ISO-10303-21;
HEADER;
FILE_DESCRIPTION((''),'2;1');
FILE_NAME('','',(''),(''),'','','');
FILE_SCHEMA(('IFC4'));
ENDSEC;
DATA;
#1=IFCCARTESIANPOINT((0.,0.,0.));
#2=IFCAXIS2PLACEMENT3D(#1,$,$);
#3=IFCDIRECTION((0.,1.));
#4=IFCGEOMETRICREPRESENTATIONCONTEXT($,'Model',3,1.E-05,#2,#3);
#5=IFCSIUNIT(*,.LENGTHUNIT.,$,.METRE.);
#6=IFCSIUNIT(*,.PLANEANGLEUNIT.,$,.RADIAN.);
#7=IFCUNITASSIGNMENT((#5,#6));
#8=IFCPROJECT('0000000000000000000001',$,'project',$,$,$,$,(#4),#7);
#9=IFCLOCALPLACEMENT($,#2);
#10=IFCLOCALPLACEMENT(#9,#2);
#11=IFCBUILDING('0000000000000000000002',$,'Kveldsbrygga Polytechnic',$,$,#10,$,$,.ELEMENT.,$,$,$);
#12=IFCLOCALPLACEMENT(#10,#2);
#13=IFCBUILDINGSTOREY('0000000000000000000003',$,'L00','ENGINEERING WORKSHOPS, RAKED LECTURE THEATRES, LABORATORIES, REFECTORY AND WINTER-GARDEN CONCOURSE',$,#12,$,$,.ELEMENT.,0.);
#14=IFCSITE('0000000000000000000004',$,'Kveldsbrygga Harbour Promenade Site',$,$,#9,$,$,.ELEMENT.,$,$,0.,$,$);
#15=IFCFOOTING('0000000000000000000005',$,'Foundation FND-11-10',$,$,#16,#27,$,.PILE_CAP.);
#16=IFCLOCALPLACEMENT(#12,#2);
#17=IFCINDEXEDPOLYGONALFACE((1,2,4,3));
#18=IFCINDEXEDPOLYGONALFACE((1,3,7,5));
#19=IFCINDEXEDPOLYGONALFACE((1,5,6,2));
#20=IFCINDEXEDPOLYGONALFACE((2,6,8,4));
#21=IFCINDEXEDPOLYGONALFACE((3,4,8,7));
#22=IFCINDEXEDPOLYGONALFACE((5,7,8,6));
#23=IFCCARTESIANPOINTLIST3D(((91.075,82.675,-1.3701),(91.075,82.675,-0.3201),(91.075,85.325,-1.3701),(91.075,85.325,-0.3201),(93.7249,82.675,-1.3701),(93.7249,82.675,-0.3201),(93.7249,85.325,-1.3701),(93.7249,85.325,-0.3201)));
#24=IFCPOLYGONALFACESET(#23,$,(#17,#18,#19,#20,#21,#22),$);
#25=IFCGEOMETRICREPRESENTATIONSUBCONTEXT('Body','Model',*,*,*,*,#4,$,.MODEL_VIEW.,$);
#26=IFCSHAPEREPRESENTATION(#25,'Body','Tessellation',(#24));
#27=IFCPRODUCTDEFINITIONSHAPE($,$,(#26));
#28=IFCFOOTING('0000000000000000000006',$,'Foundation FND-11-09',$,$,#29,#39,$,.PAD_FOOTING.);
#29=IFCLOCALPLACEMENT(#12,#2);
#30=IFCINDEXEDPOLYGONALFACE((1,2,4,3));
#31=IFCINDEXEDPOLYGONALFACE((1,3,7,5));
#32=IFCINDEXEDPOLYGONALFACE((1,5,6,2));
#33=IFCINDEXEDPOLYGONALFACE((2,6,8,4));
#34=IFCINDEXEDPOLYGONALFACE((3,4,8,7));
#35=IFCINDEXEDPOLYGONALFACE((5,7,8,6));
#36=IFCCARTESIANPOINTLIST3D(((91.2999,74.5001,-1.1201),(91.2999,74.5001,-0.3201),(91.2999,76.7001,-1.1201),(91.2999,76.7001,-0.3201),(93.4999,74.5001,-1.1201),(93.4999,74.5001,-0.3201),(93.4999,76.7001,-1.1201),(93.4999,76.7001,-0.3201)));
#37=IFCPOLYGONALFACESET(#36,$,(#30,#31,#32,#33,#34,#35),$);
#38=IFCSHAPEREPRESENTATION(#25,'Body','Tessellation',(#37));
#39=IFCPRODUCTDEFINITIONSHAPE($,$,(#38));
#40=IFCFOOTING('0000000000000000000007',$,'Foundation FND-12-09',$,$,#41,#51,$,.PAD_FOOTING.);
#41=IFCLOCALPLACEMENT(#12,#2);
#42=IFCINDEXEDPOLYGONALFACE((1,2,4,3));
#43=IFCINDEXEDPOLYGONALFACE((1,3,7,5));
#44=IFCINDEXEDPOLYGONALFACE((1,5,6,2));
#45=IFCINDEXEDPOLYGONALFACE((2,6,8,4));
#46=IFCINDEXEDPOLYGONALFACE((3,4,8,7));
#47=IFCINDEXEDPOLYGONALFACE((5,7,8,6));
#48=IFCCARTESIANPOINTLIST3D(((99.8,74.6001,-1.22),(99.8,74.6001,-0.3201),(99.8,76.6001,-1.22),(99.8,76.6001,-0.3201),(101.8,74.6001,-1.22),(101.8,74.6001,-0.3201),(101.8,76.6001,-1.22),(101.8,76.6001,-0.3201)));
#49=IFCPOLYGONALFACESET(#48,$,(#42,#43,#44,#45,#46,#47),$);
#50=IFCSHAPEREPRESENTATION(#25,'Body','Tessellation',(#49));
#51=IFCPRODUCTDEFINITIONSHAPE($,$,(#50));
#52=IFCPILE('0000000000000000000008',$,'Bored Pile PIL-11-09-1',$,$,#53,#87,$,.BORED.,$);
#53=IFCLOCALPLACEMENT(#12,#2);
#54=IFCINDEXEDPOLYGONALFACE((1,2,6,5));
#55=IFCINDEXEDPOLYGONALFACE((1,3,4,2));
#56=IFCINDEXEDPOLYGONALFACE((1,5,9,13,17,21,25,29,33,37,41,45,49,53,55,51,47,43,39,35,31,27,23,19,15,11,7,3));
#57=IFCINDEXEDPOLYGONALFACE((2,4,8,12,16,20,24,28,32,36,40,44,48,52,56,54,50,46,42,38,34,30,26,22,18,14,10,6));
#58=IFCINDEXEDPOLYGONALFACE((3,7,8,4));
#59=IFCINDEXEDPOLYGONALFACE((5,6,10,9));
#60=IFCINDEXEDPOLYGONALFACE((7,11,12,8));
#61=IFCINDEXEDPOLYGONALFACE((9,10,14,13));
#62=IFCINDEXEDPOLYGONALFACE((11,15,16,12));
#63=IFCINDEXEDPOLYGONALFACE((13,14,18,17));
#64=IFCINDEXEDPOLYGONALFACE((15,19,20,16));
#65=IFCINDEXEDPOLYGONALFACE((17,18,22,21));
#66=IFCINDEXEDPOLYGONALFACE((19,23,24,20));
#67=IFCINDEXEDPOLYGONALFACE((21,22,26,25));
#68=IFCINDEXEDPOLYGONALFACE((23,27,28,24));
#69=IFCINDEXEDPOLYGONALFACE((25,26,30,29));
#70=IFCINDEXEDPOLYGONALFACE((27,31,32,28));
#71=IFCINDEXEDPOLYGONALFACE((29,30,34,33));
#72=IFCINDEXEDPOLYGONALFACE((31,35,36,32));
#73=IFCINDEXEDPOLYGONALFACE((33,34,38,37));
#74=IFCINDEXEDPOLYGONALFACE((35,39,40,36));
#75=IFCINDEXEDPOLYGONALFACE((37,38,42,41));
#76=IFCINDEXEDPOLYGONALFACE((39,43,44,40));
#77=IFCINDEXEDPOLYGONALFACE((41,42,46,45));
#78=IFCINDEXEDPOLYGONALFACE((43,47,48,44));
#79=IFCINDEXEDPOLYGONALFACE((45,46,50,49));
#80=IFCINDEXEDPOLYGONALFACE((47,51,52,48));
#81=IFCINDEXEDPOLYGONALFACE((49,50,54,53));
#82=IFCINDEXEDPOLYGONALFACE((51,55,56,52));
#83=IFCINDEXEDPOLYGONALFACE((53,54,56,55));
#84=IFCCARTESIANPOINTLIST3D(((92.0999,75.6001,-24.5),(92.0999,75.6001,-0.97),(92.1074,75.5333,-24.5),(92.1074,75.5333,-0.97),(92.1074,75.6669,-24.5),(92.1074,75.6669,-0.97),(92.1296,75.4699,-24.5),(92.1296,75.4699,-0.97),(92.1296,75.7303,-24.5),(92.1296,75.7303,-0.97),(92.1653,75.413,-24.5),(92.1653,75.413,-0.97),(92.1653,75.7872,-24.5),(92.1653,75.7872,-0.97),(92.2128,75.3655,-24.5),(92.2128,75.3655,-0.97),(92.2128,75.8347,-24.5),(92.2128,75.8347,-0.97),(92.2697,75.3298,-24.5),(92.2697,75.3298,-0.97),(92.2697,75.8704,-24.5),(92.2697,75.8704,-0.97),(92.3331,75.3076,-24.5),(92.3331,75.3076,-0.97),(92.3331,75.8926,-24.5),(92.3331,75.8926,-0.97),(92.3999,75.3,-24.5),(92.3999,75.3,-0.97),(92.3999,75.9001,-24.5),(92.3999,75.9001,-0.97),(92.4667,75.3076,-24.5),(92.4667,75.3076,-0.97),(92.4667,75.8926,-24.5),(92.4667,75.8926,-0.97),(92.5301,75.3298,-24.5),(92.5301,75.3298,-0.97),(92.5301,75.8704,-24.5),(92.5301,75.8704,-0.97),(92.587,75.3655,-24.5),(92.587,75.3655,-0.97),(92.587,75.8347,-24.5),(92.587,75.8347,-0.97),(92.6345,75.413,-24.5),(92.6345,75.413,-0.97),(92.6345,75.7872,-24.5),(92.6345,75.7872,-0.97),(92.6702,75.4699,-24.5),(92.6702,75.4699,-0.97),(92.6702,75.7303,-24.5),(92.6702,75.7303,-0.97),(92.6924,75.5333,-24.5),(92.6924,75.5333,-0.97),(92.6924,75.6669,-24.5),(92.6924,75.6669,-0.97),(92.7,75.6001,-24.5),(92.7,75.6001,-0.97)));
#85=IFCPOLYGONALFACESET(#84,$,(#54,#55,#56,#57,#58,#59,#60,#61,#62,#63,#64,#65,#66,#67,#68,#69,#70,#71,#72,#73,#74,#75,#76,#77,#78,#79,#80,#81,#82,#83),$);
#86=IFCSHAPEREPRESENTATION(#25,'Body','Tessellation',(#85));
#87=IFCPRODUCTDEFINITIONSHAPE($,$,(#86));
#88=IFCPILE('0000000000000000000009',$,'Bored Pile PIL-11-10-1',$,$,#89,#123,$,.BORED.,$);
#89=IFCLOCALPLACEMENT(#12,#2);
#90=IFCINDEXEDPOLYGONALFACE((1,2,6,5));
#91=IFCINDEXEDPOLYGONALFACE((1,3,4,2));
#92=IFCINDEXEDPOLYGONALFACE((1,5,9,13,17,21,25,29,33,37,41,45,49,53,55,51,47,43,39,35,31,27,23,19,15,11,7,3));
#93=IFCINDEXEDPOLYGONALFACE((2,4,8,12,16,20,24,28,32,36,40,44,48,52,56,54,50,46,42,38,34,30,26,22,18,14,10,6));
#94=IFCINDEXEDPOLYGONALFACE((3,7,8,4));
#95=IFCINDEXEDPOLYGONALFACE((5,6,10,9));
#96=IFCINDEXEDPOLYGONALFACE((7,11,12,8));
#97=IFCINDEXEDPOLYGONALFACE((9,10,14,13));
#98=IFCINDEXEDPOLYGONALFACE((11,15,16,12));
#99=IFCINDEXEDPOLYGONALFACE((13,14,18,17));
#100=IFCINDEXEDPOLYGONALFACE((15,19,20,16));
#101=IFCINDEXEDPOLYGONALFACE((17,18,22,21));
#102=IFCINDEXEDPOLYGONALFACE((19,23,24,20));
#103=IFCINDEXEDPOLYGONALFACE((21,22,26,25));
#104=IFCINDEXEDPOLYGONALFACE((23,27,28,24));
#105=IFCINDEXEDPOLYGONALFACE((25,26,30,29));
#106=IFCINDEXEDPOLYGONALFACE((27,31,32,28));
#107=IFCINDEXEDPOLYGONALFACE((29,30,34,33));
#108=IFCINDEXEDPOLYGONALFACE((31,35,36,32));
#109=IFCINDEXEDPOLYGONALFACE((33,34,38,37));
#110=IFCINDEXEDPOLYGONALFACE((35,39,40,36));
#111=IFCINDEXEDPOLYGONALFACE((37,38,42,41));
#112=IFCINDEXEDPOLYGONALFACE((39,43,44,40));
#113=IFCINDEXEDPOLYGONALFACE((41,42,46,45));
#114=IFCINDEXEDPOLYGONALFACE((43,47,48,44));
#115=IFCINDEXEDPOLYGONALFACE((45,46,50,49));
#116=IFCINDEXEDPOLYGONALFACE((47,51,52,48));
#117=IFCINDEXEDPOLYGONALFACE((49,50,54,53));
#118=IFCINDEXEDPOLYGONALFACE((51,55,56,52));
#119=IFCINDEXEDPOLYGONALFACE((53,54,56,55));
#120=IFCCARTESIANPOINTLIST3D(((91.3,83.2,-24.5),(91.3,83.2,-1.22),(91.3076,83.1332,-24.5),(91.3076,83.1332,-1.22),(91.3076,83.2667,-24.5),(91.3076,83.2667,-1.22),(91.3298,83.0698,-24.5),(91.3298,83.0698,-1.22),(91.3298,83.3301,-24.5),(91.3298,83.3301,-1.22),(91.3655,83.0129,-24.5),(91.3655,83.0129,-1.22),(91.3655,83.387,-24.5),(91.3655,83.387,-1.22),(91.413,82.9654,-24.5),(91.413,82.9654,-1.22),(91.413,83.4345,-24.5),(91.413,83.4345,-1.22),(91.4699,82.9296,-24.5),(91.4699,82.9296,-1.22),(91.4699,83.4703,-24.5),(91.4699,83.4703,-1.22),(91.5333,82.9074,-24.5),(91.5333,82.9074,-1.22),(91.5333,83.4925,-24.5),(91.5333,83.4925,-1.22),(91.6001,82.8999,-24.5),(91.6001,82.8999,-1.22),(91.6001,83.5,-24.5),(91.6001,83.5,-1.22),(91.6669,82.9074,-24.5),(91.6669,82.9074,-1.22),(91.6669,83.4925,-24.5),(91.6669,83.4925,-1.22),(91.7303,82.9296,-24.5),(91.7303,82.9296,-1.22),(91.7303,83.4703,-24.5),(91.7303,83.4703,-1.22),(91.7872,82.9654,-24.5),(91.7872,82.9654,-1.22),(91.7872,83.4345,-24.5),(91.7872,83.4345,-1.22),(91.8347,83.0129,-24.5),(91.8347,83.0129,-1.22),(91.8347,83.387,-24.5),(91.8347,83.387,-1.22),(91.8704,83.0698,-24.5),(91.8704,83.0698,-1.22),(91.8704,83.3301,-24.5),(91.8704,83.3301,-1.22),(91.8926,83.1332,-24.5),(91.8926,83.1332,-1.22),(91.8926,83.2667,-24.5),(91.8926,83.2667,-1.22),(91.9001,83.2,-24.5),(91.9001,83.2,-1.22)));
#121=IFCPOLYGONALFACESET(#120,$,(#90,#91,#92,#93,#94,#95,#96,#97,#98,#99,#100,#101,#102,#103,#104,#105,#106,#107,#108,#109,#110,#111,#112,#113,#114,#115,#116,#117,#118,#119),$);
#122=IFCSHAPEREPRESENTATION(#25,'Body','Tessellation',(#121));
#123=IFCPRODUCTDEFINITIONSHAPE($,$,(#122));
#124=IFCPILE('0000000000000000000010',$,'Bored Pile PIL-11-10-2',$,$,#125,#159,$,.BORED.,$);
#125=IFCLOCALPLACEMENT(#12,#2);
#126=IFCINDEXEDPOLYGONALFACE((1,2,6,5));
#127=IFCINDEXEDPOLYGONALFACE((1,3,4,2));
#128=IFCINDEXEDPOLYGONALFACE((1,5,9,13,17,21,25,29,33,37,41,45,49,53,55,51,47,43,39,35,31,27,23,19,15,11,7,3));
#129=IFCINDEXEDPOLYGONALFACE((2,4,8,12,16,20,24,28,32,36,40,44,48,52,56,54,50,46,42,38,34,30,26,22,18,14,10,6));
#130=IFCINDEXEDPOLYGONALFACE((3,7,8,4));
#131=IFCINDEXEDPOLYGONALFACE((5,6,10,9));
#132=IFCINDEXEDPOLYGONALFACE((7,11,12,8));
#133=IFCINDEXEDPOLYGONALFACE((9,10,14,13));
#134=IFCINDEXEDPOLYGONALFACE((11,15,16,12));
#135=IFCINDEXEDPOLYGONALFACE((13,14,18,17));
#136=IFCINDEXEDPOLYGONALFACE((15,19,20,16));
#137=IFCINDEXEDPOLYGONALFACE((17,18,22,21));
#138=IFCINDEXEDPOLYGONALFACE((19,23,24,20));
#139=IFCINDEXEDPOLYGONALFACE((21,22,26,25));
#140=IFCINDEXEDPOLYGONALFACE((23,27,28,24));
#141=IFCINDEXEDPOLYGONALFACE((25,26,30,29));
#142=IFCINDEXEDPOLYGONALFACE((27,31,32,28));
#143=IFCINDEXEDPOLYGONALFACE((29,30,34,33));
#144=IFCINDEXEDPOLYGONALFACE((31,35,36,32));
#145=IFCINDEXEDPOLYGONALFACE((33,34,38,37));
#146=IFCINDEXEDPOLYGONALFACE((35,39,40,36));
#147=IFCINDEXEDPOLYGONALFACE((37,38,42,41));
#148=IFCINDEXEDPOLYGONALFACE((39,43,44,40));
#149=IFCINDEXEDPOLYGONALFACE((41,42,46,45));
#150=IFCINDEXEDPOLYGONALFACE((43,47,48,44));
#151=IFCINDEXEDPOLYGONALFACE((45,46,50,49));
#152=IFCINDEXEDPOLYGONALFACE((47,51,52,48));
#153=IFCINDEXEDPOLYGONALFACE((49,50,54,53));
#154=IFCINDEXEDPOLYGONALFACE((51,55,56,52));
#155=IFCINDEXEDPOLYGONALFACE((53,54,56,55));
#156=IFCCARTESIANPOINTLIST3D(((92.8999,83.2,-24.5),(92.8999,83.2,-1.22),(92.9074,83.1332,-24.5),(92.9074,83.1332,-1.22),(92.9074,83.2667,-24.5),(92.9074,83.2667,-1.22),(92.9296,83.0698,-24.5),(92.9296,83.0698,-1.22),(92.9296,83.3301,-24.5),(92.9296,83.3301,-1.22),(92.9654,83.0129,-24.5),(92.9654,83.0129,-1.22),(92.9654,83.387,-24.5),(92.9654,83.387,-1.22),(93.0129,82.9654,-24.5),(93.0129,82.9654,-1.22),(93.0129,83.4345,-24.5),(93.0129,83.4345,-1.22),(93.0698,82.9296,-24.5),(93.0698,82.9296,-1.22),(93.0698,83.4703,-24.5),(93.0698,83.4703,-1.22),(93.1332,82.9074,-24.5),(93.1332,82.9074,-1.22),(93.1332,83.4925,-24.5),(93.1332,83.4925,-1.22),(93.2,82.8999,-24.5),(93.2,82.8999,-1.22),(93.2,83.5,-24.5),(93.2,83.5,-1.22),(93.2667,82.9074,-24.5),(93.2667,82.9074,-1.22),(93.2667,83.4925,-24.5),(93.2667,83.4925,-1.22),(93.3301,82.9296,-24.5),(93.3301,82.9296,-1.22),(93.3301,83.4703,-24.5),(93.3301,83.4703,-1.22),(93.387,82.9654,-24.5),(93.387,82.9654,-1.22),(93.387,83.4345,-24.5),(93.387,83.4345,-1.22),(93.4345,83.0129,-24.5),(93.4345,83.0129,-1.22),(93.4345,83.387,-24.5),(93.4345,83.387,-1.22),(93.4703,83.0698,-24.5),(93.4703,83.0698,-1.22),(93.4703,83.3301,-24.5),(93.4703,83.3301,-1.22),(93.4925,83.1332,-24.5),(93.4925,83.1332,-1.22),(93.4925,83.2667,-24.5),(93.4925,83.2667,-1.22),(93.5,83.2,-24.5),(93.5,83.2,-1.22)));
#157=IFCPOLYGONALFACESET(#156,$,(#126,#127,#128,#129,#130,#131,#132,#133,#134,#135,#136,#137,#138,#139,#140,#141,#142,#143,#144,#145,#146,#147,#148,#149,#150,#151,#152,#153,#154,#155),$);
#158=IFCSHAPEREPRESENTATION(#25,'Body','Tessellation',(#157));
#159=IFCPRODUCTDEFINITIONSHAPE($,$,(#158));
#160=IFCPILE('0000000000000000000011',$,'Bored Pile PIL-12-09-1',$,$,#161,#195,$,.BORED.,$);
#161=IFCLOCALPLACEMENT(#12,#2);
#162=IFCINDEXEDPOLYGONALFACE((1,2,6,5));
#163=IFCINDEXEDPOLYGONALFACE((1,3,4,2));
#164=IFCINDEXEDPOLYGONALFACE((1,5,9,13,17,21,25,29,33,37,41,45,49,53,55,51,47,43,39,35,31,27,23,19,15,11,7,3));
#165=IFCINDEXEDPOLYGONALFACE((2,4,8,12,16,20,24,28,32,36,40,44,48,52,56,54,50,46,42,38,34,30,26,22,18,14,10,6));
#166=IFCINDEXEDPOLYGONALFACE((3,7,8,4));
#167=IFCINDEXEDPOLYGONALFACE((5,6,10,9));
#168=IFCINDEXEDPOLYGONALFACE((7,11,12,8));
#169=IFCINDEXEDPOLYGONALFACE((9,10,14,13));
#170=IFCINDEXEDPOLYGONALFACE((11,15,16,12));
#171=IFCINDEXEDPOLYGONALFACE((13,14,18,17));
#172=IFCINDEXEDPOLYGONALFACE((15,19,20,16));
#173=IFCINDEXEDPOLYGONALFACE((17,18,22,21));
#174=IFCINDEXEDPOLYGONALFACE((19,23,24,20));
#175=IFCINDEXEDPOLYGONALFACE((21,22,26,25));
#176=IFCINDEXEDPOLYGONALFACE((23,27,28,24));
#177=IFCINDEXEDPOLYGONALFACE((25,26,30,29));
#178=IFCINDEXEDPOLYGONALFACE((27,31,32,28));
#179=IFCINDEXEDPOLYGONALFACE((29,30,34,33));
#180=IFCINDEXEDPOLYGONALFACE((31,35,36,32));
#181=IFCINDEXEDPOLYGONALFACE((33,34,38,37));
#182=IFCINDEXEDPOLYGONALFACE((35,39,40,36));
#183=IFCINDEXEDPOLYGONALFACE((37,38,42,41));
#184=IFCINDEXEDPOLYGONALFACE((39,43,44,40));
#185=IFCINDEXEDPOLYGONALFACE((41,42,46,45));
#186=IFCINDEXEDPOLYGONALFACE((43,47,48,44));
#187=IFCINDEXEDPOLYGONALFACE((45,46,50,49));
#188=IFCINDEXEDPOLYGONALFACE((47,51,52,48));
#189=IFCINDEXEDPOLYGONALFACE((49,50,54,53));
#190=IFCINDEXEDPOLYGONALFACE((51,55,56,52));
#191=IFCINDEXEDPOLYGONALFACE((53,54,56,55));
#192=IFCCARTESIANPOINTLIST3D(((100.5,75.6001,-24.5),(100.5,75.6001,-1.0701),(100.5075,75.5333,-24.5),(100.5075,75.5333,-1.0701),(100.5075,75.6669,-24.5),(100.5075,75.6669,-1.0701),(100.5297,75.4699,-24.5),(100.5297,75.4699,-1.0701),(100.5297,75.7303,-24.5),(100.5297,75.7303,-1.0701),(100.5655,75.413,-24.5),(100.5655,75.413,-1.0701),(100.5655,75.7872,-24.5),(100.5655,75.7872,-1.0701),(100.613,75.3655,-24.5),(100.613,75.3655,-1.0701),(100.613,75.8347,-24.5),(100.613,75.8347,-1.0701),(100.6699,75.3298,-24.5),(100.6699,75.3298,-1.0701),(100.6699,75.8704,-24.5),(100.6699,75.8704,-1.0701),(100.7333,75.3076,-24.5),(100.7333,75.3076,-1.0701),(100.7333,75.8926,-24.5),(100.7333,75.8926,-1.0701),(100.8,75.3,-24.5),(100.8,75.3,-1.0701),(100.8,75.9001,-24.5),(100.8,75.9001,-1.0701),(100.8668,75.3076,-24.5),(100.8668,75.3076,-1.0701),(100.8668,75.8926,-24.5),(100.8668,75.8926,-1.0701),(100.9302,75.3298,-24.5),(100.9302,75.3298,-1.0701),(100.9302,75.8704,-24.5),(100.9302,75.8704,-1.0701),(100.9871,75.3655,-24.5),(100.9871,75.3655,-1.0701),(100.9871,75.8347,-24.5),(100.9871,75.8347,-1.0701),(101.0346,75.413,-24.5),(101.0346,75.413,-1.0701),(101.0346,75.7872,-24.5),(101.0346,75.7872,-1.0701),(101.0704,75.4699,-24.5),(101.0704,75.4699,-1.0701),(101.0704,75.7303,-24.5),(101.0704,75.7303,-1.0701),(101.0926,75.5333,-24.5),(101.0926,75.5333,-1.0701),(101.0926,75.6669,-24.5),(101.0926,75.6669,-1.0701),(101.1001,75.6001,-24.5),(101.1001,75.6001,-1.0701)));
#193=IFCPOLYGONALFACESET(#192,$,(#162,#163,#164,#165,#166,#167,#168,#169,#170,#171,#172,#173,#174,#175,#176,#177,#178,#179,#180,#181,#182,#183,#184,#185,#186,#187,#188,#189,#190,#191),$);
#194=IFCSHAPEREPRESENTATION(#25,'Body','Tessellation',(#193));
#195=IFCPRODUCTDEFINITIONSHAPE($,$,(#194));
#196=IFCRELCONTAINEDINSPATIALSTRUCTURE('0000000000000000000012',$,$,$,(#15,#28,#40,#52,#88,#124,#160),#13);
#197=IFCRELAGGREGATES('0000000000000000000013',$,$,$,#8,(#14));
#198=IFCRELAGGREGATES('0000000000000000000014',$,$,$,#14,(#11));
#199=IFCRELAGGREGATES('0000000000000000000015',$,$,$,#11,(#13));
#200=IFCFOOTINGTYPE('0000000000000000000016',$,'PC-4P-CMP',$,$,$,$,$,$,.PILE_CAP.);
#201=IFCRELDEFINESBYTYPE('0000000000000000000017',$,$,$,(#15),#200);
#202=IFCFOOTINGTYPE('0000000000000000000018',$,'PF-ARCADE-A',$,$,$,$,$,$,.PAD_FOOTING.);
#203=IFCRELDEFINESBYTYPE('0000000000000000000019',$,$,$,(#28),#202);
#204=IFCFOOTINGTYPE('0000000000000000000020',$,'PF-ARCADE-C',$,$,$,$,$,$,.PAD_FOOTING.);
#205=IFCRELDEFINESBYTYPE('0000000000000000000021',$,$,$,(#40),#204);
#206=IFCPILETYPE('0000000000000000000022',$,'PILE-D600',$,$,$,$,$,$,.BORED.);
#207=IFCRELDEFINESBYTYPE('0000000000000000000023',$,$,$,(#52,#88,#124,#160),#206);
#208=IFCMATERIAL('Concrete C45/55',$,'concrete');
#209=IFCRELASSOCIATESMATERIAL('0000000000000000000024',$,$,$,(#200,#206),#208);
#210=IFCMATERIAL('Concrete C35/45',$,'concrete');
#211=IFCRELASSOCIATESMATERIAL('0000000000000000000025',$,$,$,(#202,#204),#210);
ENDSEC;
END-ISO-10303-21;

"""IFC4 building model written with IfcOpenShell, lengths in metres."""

from ifc_helpers import new_model, si_unit, direction, frame, origin, origin_2d, place, context, subcontext, project, spatial, rectangle, circle, extrude, material, material_profile, profile_set, type_object, element, save


model = new_model("IFC4")

# Units and contexts
model_context = context("Model", 3, precision=1e-05, world=origin(), true_north=direction((0.0, 1.0)))
body_context = subcontext(model_context, "Body", "Model", "MODEL_VIEW")
ifc_project = project(units=[si_unit("LENGTHUNIT", "METRE"), si_unit("PLANEANGLEUNIT", "RADIAN")], contexts=[model_context])

# Site, building, storey
site_placement = place(None, origin())
site = spatial("IfcSite", under=ifc_project, at=site_placement, Name="Kveldsbrygga Harbour Promenade Site", CompositionType="ELEMENT", RefElevation=0.0)
building_placement = place(site_placement, origin())
building = spatial("IfcBuilding", under=site, at=building_placement, Name="Kveldsbrygga Polytechnic", CompositionType="ELEMENT")
storey_placement = place(building_placement, origin())
storey = spatial("IfcBuildingStorey", under=building, at=storey_placement, Name="L00", Description="ENGINEERING WORKSHOPS, RAKED LECTURE THEATRES, LABORATORIES, REFECTORY AND WINTER-GARDEN CONCOURSE", CompositionType="ELEMENT", Elevation=0.0)

# Footings
ifc_material_1 = material(Name="Concrete C45/55", Category="concrete")
footing_type_1 = type_object("IfcFootingType", Name="PC-4P-CMP", PredefinedType="PILE_CAP", material=ifc_material_1)
footing_1_placement = place(storey_placement, frame((92.3999, 84.0, -1.3701), z_axis=(0.0, 0.0, 1.0), x_axis=(1.0, 0.0, 0.0)))
element("IfcFooting", 1, at=footing_1_placement, inside=storey, type_object=footing_type_1, Name="Foundation FND-11-10", PredefinedType="PILE_CAP", context=body_context, shape_type="SweptSolid", body=[
    extrude(rectangle(XDim=2.6499, YDim=2.6499, at=origin_2d()), origin(), (0.0, 0.0, 1.0), 1.05),
])
ifc_material_2 = material(Name="Concrete C35/45", Category="concrete")
footing_type_2 = type_object("IfcFootingType", Name="PF-ARCADE-A", PredefinedType="PAD_FOOTING", material=ifc_material_2)
footing_2_placement = place(storey_placement, frame((92.3999, 75.6001, -1.1201), z_axis=(0.0, 0.0, 1.0), x_axis=(1.0, 0.0, 0.0)))
element("IfcFooting", 2, at=footing_2_placement, inside=storey, type_object=footing_type_2, Name="Foundation FND-11-09", PredefinedType="PAD_FOOTING", context=body_context, shape_type="SweptSolid", body=[
    extrude(rectangle(XDim=2.2, YDim=2.2, at=origin_2d()), origin(), (0.0, 0.0, 1.0), 0.8),
])
footing_type_3 = type_object("IfcFootingType", Name="PF-ARCADE-C", PredefinedType="PAD_FOOTING", material=ifc_material_2)
footing_3_placement = place(storey_placement, frame((100.8, 75.6001, -1.22), z_axis=(0.0, 0.0, 1.0), x_axis=(1.0, 0.0, 0.0)))
element("IfcFooting", 3, at=footing_3_placement, inside=storey, type_object=footing_type_3, Name="Foundation FND-12-09", PredefinedType="PAD_FOOTING", context=body_context, shape_type="SweptSolid", body=[
    extrude(rectangle(XDim=2.0, YDim=2.0, at=origin_2d()), origin(), (0.0, 0.0, 1.0), 0.8999),
])

# Piles
ifc_material_profile_1 = material_profile(ifc_material_1, circle(Radius=0.3, at=origin_2d()), Name="PILE D600")
ifc_profile_set_1 = profile_set([ifc_material_profile_1], Name="Concrete C45/55")
pile_type = type_object("IfcPileType", Name="PILE-D600", PredefinedType="BORED", material=ifc_profile_set_1)
pile_1_placement = place(storey_placement, frame((92.3999, 75.6001, -0.97), z_axis=(0.0, 0.0, -1.0), x_axis=(1.0, 0.0, 0.0)))
element("IfcPile", 4, at=pile_1_placement, inside=storey, type_object=pile_type, Name="Bored Pile PIL-11-09-1", PredefinedType="BORED", context=body_context, shape_type="SweptSolid", body=[
    extrude(circle(Radius=0.3, at=origin_2d()), origin(), (0.0, 0.0, 1.0), 23.53),
])
for number, where, z_axis, x_axis, name in (
    (5, (91.6001, 83.2, -1.22), (0.0, 0.0, -1.0), (1.0, 0.0, 0.0), "Bored Pile PIL-11-10-1"),
    (6, (93.2, 83.2, -1.22), (0.0, 0.0, -1.0), (1.0, 0.0, 0.0), "Bored Pile PIL-11-10-2"),
):
    element("IfcPile", number, at=place(storey_placement, frame(where, z_axis=z_axis, x_axis=x_axis)), inside=storey, type_object=pile_type, Name=name, PredefinedType="BORED", context=body_context, shape_type="SweptSolid", body=[
        extrude(circle(Radius=0.3, at=origin_2d()), origin(), (0.0, 0.0, 1.0), 23.28),
    ])
pile_2_placement = place(storey_placement, frame((100.8, 75.6001, -1.0701), z_axis=(0.0, 0.0, -1.0), x_axis=(1.0, 0.0, 0.0)))
element("IfcPile", 7, at=pile_2_placement, inside=storey, type_object=pile_type, Name="Bored Pile PIL-12-09-1", PredefinedType="BORED", context=body_context, shape_type="SweptSolid", body=[
    extrude(circle(Radius=0.3, at=origin_2d()), origin(), (0.0, 0.0, 1.0), 23.4299),
])

save(model, "model.ifc")
